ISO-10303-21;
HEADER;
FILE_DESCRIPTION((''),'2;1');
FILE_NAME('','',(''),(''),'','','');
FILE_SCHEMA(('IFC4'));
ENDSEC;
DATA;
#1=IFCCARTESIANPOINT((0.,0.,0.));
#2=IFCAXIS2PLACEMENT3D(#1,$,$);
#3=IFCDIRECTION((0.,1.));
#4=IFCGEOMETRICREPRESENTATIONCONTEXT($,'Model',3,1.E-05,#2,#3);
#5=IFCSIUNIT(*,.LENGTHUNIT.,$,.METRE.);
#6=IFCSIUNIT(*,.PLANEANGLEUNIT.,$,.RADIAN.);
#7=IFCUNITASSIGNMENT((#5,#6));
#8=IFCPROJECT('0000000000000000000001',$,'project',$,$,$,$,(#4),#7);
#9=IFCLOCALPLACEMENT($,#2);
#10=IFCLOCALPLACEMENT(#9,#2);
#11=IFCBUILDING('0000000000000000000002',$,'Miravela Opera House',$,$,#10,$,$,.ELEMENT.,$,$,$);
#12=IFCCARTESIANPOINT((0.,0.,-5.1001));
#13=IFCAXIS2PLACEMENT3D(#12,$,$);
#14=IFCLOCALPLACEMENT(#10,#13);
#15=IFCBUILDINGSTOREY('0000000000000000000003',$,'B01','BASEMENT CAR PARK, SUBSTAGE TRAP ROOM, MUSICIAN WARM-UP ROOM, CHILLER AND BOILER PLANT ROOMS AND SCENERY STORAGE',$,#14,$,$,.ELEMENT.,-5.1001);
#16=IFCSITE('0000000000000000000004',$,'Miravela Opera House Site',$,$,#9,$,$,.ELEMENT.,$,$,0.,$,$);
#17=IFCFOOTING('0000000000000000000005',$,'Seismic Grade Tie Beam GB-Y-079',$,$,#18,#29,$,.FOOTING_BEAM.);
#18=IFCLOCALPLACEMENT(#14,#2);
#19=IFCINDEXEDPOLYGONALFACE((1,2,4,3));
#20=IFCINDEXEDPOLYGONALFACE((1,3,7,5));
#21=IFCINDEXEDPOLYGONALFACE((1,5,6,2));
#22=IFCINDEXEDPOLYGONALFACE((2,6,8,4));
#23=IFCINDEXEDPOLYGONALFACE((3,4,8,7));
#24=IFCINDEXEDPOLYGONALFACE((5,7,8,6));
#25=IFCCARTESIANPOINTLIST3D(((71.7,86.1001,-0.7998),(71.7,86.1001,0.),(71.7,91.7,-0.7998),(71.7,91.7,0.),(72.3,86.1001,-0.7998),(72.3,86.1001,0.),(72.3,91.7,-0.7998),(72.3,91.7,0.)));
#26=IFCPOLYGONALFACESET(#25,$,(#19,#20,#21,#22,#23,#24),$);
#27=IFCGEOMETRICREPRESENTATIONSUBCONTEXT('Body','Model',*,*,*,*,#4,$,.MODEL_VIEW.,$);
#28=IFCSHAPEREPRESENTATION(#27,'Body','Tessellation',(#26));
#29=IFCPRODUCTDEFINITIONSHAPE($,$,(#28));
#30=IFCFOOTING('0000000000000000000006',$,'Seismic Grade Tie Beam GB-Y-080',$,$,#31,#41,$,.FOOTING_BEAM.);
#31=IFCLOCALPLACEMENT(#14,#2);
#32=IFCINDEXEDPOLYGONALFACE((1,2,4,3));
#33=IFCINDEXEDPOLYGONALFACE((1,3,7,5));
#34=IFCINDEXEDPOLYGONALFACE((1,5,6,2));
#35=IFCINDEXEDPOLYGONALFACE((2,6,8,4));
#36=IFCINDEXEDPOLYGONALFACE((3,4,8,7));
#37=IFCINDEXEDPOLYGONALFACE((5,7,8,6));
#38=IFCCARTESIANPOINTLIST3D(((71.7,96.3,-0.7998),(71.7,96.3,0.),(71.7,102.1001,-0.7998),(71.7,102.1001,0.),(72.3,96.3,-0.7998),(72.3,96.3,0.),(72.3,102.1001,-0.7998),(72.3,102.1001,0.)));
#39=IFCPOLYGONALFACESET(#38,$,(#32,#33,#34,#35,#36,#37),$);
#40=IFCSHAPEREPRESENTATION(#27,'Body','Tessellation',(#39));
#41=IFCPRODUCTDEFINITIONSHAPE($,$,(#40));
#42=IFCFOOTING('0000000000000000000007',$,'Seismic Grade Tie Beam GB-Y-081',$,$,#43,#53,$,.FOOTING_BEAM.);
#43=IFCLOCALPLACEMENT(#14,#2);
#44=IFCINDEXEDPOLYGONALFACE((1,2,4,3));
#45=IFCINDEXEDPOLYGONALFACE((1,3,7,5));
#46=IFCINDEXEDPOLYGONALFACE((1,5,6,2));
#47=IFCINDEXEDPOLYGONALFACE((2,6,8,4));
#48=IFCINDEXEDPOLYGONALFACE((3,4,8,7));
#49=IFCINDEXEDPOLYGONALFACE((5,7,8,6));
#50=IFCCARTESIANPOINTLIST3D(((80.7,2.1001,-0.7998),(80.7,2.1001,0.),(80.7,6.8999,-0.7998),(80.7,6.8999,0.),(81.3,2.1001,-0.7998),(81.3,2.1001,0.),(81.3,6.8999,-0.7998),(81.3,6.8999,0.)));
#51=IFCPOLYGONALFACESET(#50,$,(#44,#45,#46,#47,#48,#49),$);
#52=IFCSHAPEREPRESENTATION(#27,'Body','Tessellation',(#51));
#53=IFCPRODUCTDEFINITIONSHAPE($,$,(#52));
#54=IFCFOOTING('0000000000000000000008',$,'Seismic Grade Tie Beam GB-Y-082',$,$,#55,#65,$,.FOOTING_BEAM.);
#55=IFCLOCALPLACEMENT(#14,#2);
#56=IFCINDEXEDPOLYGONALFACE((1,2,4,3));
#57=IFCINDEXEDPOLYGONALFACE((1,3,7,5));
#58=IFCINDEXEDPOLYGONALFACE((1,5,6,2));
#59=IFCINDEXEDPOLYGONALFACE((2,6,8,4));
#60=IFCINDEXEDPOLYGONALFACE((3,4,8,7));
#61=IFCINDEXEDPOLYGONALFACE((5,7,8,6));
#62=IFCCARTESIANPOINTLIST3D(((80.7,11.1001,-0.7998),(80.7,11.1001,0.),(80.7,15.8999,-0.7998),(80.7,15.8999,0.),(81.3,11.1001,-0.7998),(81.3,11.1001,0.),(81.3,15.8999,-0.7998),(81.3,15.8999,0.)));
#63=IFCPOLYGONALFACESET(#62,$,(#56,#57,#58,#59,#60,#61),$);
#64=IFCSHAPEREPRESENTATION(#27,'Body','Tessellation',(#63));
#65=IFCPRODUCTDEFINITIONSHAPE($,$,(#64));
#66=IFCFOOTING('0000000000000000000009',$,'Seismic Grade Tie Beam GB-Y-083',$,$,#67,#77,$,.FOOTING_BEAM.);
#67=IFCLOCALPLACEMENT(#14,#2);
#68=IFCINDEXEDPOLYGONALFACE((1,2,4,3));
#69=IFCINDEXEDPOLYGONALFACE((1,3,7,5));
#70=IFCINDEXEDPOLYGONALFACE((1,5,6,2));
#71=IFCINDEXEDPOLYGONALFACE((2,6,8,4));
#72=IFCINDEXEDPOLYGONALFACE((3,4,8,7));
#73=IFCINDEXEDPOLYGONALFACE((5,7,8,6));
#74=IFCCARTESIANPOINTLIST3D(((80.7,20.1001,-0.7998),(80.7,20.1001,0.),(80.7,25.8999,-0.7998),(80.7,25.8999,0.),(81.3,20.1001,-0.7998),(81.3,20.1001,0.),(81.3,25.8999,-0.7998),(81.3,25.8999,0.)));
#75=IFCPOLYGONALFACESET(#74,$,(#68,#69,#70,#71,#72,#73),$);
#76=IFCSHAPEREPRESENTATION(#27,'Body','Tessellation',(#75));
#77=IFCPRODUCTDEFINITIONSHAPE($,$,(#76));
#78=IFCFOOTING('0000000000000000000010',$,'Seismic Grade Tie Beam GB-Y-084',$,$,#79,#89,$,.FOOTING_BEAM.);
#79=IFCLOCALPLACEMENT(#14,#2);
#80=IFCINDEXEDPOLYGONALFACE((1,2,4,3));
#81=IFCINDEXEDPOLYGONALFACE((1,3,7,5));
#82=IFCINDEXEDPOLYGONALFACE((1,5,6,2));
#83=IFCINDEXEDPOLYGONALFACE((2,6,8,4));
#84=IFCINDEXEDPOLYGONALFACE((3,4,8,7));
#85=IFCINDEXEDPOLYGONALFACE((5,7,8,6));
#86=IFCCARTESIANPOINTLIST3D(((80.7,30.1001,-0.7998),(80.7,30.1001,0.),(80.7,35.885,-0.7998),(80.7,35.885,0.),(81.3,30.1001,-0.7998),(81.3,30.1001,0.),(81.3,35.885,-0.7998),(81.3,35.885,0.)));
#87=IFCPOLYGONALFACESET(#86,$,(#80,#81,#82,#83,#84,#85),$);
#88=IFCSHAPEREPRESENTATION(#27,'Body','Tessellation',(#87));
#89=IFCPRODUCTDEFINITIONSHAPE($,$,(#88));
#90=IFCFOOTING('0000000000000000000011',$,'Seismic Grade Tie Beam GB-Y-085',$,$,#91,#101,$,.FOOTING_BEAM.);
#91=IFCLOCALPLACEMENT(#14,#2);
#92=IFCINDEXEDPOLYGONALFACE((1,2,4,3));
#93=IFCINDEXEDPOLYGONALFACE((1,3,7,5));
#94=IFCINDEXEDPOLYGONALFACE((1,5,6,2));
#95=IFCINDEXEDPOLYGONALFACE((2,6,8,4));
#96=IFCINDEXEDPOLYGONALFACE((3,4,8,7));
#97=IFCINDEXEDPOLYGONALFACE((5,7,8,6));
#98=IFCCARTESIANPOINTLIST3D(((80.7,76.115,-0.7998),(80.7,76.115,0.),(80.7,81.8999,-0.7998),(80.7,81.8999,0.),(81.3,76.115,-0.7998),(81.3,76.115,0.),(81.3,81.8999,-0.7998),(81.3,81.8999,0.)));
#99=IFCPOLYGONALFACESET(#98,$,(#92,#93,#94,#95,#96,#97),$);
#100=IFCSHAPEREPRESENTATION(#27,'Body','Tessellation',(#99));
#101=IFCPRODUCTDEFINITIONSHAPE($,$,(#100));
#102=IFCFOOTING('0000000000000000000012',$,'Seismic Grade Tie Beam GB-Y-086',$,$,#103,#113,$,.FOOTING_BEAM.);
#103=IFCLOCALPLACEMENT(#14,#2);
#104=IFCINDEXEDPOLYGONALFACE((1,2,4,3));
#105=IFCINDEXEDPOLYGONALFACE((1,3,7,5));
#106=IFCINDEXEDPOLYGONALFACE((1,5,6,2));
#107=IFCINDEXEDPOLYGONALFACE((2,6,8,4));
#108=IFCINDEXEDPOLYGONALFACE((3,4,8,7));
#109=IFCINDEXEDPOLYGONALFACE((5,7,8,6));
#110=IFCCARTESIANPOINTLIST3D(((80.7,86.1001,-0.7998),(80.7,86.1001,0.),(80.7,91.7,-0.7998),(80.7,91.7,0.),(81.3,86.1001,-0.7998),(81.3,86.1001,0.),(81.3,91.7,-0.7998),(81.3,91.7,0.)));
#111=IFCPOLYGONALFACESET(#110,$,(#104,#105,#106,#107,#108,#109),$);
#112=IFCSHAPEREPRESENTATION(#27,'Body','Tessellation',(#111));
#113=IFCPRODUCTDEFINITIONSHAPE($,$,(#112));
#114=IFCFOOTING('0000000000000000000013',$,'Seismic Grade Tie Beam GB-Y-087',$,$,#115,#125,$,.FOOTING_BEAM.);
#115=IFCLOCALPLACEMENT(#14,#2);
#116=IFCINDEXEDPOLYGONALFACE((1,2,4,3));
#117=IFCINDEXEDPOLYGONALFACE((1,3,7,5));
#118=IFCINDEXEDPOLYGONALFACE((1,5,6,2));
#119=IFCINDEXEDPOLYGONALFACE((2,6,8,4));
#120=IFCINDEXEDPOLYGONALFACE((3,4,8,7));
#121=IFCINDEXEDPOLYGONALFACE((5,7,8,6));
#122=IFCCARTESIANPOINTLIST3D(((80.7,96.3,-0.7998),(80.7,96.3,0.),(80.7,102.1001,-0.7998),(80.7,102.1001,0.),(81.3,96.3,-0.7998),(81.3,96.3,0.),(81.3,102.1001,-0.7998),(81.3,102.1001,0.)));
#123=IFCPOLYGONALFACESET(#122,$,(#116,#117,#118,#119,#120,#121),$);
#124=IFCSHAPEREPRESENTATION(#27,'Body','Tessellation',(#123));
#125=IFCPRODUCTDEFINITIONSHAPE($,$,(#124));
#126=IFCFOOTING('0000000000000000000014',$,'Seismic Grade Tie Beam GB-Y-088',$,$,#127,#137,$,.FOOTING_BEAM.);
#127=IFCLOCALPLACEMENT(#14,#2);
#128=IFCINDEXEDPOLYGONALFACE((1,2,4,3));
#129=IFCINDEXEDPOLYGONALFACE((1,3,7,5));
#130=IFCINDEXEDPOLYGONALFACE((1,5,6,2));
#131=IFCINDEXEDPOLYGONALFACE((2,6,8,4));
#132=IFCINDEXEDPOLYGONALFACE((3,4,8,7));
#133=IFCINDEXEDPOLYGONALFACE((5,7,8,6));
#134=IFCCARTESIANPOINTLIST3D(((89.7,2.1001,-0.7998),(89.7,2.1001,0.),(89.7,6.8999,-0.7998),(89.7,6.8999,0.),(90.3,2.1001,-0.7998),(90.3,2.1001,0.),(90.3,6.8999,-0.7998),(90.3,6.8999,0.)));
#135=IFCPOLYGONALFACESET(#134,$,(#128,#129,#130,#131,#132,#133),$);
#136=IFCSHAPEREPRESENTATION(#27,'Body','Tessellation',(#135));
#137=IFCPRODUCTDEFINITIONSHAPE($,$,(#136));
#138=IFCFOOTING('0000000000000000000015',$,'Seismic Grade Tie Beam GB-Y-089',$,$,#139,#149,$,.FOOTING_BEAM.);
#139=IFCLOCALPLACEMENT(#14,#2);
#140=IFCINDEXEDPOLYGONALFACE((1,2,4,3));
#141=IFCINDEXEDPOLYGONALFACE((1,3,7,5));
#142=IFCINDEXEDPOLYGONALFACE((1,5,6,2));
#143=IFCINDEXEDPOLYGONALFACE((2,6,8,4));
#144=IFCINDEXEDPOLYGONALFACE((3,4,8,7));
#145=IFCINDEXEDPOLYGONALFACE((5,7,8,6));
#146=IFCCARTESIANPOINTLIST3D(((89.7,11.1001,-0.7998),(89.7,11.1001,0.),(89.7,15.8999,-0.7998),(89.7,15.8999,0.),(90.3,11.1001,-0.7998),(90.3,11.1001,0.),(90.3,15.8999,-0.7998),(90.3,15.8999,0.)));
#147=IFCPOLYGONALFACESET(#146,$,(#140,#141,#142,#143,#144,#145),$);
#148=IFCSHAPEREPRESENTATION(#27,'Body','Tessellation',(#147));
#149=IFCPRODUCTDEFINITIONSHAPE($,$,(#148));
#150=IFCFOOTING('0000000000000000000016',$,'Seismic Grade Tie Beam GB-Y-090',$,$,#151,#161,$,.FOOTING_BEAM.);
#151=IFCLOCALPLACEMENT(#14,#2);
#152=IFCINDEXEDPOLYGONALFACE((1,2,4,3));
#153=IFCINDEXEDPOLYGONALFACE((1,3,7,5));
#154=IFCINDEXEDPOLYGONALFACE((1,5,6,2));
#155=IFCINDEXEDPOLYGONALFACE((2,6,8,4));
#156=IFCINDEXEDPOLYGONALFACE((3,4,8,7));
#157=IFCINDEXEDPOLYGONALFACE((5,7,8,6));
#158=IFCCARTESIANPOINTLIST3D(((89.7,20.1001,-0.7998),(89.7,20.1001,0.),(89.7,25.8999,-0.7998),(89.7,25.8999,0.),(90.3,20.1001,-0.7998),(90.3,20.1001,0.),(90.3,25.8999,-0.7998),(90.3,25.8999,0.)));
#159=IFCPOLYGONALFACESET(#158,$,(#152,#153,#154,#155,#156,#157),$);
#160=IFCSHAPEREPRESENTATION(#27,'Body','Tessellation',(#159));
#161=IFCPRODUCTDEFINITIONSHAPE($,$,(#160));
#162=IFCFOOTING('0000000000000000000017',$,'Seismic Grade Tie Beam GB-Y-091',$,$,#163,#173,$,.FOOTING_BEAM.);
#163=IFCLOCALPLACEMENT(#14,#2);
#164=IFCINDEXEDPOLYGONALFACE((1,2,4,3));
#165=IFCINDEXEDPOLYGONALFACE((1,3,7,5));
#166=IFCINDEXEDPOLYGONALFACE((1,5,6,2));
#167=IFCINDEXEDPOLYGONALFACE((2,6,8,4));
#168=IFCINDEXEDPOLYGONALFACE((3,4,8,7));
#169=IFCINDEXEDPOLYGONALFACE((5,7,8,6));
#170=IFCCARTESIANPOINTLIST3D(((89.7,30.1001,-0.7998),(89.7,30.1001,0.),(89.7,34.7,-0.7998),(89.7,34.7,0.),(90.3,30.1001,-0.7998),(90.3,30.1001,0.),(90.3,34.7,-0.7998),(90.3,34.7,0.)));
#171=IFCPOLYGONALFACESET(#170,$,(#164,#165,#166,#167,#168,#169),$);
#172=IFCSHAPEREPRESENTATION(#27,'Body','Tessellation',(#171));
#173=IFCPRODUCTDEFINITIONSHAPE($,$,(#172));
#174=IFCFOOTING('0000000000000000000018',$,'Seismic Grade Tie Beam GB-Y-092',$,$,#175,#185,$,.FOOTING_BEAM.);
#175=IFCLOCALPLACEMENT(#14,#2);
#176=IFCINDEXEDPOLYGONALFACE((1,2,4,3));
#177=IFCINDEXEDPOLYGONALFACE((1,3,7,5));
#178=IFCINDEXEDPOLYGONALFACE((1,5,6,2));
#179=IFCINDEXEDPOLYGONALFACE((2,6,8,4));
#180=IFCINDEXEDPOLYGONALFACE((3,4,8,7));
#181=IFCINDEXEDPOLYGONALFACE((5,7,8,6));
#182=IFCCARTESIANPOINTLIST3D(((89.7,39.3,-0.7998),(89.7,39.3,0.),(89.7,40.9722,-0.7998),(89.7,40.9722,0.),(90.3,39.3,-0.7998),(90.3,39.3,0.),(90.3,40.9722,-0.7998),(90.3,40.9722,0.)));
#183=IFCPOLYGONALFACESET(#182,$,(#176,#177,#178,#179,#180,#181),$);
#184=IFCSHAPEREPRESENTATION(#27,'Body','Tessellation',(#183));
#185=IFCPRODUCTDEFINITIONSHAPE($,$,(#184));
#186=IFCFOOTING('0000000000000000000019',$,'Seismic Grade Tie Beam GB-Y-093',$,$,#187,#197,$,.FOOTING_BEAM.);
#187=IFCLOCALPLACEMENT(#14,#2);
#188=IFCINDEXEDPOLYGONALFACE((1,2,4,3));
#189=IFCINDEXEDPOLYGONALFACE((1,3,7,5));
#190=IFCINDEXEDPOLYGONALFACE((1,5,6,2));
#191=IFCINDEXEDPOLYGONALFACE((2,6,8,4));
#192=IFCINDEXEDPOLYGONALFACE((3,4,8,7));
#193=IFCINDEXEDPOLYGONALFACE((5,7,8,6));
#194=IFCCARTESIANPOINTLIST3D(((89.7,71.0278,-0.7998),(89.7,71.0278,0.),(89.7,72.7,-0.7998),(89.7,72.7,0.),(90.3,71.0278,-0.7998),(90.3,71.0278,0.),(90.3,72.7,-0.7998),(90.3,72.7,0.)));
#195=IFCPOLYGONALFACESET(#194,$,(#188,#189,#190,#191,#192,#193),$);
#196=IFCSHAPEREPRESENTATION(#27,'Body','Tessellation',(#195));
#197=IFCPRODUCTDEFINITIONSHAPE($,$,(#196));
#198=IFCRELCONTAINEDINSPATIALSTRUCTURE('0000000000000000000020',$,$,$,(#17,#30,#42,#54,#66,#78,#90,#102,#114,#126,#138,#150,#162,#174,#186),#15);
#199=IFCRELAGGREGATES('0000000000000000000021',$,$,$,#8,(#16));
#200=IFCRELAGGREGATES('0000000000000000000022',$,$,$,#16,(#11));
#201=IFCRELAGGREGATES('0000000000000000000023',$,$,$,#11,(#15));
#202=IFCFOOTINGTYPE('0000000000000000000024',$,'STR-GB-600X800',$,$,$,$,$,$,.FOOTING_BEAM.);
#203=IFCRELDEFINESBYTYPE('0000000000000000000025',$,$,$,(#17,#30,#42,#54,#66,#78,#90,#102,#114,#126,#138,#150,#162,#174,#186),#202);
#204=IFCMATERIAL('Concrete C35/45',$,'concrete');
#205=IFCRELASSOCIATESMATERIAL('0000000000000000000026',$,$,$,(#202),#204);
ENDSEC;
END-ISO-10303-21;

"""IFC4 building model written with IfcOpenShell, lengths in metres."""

from ifc_helpers import new_model, si_unit, direction, frame, origin, place, context, subcontext, project, spatial, polyline, outline, extrude, material, type_object, element, save


model = new_model("IFC4")

# Units and contexts
model_context = context("Model", 3, precision=1e-05, world=origin(), true_north=direction((0.0, 1.0)))
body_context = subcontext(model_context, "Body", "Model", "MODEL_VIEW")
ifc_project = project(units=[si_unit("LENGTHUNIT", "METRE"), si_unit("PLANEANGLEUNIT", "RADIAN")], contexts=[model_context])

# Site, building, storey
site_placement = place(None, origin())
site = spatial("IfcSite", under=ifc_project, at=site_placement, Name="Miravela Opera House Site", CompositionType="ELEMENT", RefElevation=0.0)
building_placement = place(site_placement, origin())
building = spatial("IfcBuilding", under=site, at=building_placement, Name="Miravela Opera House", CompositionType="ELEMENT")
storey_placement = place(building_placement, frame((0.0, 0.0, -5.1001)))
storey = spatial("IfcBuildingStorey", under=building, at=storey_placement, Name="B01", Description="BASEMENT CAR PARK, SUBSTAGE TRAP ROOM, MUSICIAN WARM-UP ROOM, CHILLER AND BOILER PLANT ROOMS AND SCENERY STORAGE", CompositionType="ELEMENT", Elevation=-5.1001)

# Footings
ifc_material = material(Name="Concrete C35/45", Category="concrete")
footing_type = type_object("IfcFootingType", Name="STR-GB-600X800", PredefinedType="FOOTING_BEAM", material=ifc_material)
footing_1_placement = place(storey_placement, frame((0.0, 0.0, -0.7998)))
element("IfcFooting", 1, at=footing_1_placement, inside=storey, type_object=footing_type, Name="Seismic Grade Tie Beam GB-Y-079", PredefinedType="FOOTING_BEAM", context=body_context, shape_type="SweptSolid", body=[
    extrude(outline(polyline([(71.7, 86.1001), (72.3, 86.1001), (72.3, 91.7), (71.7, 91.7), (71.7, 86.1001)])), origin(), (0.0, 0.0, 1.0), 0.7998),
])
footing_2_placement = place(storey_placement, frame((0.0, 0.0, -0.7998)))
element("IfcFooting", 2, at=footing_2_placement, inside=storey, type_object=footing_type, Name="Seismic Grade Tie Beam GB-Y-080", PredefinedType="FOOTING_BEAM", context=body_context, shape_type="SweptSolid", body=[
    extrude(outline(polyline([(71.7, 96.3), (72.3, 96.3), (72.3, 102.1001), (71.7, 102.1001), (71.7, 96.3)])), origin(), (0.0, 0.0, 1.0), 0.7998),
])
footing_3_placement = place(storey_placement, frame((0.0, 0.0, -0.7998)))
element("IfcFooting", 3, at=footing_3_placement, inside=storey, type_object=footing_type, Name="Seismic Grade Tie Beam GB-Y-081", PredefinedType="FOOTING_BEAM", context=body_context, shape_type="SweptSolid", body=[
    extrude(outline(polyline([(80.7, 2.1001), (81.3, 2.1001), (81.3, 6.8999), (80.7, 6.8999), (80.7, 2.1001)])), origin(), (0.0, 0.0, 1.0), 0.7998),
])
footing_4_placement = place(storey_placement, frame((0.0, 0.0, -0.7998)))
element("IfcFooting", 4, at=footing_4_placement, inside=storey, type_object=footing_type, Name="Seismic Grade Tie Beam GB-Y-082", PredefinedType="FOOTING_BEAM", context=body_context, shape_type="SweptSolid", body=[
    extrude(outline(polyline([(80.7, 11.1001), (81.3, 11.1001), (81.3, 15.8999), (80.7, 15.8999), (80.7, 11.1001)])), origin(), (0.0, 0.0, 1.0), 0.7998),
])
footing_5_placement = place(storey_placement, frame((0.0, 0.0, -0.7998)))
element("IfcFooting", 5, at=footing_5_placement, inside=storey, type_object=footing_type, Name="Seismic Grade Tie Beam GB-Y-083", PredefinedType="FOOTING_BEAM", context=body_context, shape_type="SweptSolid", body=[
    extrude(outline(polyline([(80.7, 20.1001), (81.3, 20.1001), (81.3, 25.8999), (80.7, 25.8999), (80.7, 20.1001)])), origin(), (0.0, 0.0, 1.0), 0.7998),
])
footing_6_placement = place(storey_placement, frame((0.0, 0.0, -0.7998)))
element("IfcFooting", 6, at=footing_6_placement, inside=storey, type_object=footing_type, Name="Seismic Grade Tie Beam GB-Y-084", PredefinedType="FOOTING_BEAM", context=body_context, shape_type="SweptSolid", body=[
    extrude(outline(polyline([(80.7, 30.1001), (81.3, 30.1001), (81.3, 35.885), (80.7, 35.885), (80.7, 30.1001)])), origin(), (0.0, 0.0, 1.0), 0.7998),
])
footing_7_placement = place(storey_placement, frame((0.0, 0.0, -0.7998)))
element("IfcFooting", 7, at=footing_7_placement, inside=storey, type_object=footing_type, Name="Seismic Grade Tie Beam GB-Y-085", PredefinedType="FOOTING_BEAM", context=body_context, shape_type="SweptSolid", body=[
    extrude(outline(polyline([(80.7, 76.115), (81.3, 76.115), (81.3, 81.8999), (80.7, 81.8999), (80.7, 76.115)])), origin(), (0.0, 0.0, 1.0), 0.7998),
])
footing_8_placement = place(storey_placement, frame((0.0, 0.0, -0.7998)))
element("IfcFooting", 8, at=footing_8_placement, inside=storey, type_object=footing_type, Name="Seismic Grade Tie Beam GB-Y-086", PredefinedType="FOOTING_BEAM", context=body_context, shape_type="SweptSolid", body=[
    extrude(outline(polyline([(80.7, 86.1001), (81.3, 86.1001), (81.3, 91.7), (80.7, 91.7), (80.7, 86.1001)])), origin(), (0.0, 0.0, 1.0), 0.7998),
])
footing_9_placement = place(storey_placement, frame((0.0, 0.0, -0.7998)))
element("IfcFooting", 9, at=footing_9_placement, inside=storey, type_object=footing_type, Name="Seismic Grade Tie Beam GB-Y-087", PredefinedType="FOOTING_BEAM", context=body_context, shape_type="SweptSolid", body=[
    extrude(outline(polyline([(80.7, 96.3), (81.3, 96.3), (81.3, 102.1001), (80.7, 102.1001), (80.7, 96.3)])), origin(), (0.0, 0.0, 1.0), 0.7998),
])
footing_10_placement = place(storey_placement, frame((0.0, 0.0, -0.7998)))
element("IfcFooting", 10, at=footing_10_placement, inside=storey, type_object=footing_type, Name="Seismic Grade Tie Beam GB-Y-088", PredefinedType="FOOTING_BEAM", context=body_context, shape_type="SweptSolid", body=[
    extrude(outline(polyline([(89.7, 2.1001), (90.3, 2.1001), (90.3, 6.8999), (89.7, 6.8999), (89.7, 2.1001)])), origin(), (0.0, 0.0, 1.0), 0.7998),
])
footing_11_placement = place(storey_placement, frame((0.0, 0.0, -0.7998)))
element("IfcFooting", 11, at=footing_11_placement, inside=storey, type_object=footing_type, Name="Seismic Grade Tie Beam GB-Y-089", PredefinedType="FOOTING_BEAM", context=body_context, shape_type="SweptSolid", body=[
    extrude(outline(polyline([(89.7, 11.1001), (90.3, 11.1001), (90.3, 15.8999), (89.7, 15.8999), (89.7, 11.1001)])), origin(), (0.0, 0.0, 1.0), 0.7998),
])
footing_12_placement = place(storey_placement, frame((0.0, 0.0, -0.7998)))
element("IfcFooting", 12, at=footing_12_placement, inside=storey, type_object=footing_type, Name="Seismic Grade Tie Beam GB-Y-090", PredefinedType="FOOTING_BEAM", context=body_context, shape_type="SweptSolid", body=[
    extrude(outline(polyline([(89.7, 20.1001), (90.3, 20.1001), (90.3, 25.8999), (89.7, 25.8999), (89.7, 20.1001)])), origin(), (0.0, 0.0, 1.0), 0.7998),
])
footing_13_placement = place(storey_placement, frame((0.0, 0.0, -0.7998)))
element("IfcFooting", 13, at=footing_13_placement, inside=storey, type_object=footing_type, Name="Seismic Grade Tie Beam GB-Y-091", PredefinedType="FOOTING_BEAM", context=body_context, shape_type="SweptSolid", body=[
    extrude(outline(polyline([(89.7, 30.1001), (90.3, 30.1001), (90.3, 34.7), (89.7, 34.7), (89.7, 30.1001)])), origin(), (0.0, 0.0, 1.0), 0.7998),
])
footing_14_placement = place(storey_placement, frame((0.0, 0.0, -0.7998)))
element("IfcFooting", 14, at=footing_14_placement, inside=storey, type_object=footing_type, Name="Seismic Grade Tie Beam GB-Y-092", PredefinedType="FOOTING_BEAM", context=body_context, shape_type="SweptSolid", body=[
    extrude(outline(polyline([(89.7, 39.3), (90.3, 39.3), (90.3, 40.9722), (89.7, 40.9722), (89.7, 39.3)])), origin(), (0.0, 0.0, 1.0), 0.7998),
])
footing_15_placement = place(storey_placement, frame((0.0, 0.0, -0.7998)))
element("IfcFooting", 15, at=footing_15_placement, inside=storey, type_object=footing_type, Name="Seismic Grade Tie Beam GB-Y-093", PredefinedType="FOOTING_BEAM", context=body_context, shape_type="SweptSolid", body=[
    extrude(outline(polyline([(89.7, 71.0278), (90.3, 71.0278), (90.3, 72.7), (89.7, 72.7), (89.7, 71.0278)])), origin(), (0.0, 0.0, 1.0), 0.7998),
])

save(model, "model.ifc")
